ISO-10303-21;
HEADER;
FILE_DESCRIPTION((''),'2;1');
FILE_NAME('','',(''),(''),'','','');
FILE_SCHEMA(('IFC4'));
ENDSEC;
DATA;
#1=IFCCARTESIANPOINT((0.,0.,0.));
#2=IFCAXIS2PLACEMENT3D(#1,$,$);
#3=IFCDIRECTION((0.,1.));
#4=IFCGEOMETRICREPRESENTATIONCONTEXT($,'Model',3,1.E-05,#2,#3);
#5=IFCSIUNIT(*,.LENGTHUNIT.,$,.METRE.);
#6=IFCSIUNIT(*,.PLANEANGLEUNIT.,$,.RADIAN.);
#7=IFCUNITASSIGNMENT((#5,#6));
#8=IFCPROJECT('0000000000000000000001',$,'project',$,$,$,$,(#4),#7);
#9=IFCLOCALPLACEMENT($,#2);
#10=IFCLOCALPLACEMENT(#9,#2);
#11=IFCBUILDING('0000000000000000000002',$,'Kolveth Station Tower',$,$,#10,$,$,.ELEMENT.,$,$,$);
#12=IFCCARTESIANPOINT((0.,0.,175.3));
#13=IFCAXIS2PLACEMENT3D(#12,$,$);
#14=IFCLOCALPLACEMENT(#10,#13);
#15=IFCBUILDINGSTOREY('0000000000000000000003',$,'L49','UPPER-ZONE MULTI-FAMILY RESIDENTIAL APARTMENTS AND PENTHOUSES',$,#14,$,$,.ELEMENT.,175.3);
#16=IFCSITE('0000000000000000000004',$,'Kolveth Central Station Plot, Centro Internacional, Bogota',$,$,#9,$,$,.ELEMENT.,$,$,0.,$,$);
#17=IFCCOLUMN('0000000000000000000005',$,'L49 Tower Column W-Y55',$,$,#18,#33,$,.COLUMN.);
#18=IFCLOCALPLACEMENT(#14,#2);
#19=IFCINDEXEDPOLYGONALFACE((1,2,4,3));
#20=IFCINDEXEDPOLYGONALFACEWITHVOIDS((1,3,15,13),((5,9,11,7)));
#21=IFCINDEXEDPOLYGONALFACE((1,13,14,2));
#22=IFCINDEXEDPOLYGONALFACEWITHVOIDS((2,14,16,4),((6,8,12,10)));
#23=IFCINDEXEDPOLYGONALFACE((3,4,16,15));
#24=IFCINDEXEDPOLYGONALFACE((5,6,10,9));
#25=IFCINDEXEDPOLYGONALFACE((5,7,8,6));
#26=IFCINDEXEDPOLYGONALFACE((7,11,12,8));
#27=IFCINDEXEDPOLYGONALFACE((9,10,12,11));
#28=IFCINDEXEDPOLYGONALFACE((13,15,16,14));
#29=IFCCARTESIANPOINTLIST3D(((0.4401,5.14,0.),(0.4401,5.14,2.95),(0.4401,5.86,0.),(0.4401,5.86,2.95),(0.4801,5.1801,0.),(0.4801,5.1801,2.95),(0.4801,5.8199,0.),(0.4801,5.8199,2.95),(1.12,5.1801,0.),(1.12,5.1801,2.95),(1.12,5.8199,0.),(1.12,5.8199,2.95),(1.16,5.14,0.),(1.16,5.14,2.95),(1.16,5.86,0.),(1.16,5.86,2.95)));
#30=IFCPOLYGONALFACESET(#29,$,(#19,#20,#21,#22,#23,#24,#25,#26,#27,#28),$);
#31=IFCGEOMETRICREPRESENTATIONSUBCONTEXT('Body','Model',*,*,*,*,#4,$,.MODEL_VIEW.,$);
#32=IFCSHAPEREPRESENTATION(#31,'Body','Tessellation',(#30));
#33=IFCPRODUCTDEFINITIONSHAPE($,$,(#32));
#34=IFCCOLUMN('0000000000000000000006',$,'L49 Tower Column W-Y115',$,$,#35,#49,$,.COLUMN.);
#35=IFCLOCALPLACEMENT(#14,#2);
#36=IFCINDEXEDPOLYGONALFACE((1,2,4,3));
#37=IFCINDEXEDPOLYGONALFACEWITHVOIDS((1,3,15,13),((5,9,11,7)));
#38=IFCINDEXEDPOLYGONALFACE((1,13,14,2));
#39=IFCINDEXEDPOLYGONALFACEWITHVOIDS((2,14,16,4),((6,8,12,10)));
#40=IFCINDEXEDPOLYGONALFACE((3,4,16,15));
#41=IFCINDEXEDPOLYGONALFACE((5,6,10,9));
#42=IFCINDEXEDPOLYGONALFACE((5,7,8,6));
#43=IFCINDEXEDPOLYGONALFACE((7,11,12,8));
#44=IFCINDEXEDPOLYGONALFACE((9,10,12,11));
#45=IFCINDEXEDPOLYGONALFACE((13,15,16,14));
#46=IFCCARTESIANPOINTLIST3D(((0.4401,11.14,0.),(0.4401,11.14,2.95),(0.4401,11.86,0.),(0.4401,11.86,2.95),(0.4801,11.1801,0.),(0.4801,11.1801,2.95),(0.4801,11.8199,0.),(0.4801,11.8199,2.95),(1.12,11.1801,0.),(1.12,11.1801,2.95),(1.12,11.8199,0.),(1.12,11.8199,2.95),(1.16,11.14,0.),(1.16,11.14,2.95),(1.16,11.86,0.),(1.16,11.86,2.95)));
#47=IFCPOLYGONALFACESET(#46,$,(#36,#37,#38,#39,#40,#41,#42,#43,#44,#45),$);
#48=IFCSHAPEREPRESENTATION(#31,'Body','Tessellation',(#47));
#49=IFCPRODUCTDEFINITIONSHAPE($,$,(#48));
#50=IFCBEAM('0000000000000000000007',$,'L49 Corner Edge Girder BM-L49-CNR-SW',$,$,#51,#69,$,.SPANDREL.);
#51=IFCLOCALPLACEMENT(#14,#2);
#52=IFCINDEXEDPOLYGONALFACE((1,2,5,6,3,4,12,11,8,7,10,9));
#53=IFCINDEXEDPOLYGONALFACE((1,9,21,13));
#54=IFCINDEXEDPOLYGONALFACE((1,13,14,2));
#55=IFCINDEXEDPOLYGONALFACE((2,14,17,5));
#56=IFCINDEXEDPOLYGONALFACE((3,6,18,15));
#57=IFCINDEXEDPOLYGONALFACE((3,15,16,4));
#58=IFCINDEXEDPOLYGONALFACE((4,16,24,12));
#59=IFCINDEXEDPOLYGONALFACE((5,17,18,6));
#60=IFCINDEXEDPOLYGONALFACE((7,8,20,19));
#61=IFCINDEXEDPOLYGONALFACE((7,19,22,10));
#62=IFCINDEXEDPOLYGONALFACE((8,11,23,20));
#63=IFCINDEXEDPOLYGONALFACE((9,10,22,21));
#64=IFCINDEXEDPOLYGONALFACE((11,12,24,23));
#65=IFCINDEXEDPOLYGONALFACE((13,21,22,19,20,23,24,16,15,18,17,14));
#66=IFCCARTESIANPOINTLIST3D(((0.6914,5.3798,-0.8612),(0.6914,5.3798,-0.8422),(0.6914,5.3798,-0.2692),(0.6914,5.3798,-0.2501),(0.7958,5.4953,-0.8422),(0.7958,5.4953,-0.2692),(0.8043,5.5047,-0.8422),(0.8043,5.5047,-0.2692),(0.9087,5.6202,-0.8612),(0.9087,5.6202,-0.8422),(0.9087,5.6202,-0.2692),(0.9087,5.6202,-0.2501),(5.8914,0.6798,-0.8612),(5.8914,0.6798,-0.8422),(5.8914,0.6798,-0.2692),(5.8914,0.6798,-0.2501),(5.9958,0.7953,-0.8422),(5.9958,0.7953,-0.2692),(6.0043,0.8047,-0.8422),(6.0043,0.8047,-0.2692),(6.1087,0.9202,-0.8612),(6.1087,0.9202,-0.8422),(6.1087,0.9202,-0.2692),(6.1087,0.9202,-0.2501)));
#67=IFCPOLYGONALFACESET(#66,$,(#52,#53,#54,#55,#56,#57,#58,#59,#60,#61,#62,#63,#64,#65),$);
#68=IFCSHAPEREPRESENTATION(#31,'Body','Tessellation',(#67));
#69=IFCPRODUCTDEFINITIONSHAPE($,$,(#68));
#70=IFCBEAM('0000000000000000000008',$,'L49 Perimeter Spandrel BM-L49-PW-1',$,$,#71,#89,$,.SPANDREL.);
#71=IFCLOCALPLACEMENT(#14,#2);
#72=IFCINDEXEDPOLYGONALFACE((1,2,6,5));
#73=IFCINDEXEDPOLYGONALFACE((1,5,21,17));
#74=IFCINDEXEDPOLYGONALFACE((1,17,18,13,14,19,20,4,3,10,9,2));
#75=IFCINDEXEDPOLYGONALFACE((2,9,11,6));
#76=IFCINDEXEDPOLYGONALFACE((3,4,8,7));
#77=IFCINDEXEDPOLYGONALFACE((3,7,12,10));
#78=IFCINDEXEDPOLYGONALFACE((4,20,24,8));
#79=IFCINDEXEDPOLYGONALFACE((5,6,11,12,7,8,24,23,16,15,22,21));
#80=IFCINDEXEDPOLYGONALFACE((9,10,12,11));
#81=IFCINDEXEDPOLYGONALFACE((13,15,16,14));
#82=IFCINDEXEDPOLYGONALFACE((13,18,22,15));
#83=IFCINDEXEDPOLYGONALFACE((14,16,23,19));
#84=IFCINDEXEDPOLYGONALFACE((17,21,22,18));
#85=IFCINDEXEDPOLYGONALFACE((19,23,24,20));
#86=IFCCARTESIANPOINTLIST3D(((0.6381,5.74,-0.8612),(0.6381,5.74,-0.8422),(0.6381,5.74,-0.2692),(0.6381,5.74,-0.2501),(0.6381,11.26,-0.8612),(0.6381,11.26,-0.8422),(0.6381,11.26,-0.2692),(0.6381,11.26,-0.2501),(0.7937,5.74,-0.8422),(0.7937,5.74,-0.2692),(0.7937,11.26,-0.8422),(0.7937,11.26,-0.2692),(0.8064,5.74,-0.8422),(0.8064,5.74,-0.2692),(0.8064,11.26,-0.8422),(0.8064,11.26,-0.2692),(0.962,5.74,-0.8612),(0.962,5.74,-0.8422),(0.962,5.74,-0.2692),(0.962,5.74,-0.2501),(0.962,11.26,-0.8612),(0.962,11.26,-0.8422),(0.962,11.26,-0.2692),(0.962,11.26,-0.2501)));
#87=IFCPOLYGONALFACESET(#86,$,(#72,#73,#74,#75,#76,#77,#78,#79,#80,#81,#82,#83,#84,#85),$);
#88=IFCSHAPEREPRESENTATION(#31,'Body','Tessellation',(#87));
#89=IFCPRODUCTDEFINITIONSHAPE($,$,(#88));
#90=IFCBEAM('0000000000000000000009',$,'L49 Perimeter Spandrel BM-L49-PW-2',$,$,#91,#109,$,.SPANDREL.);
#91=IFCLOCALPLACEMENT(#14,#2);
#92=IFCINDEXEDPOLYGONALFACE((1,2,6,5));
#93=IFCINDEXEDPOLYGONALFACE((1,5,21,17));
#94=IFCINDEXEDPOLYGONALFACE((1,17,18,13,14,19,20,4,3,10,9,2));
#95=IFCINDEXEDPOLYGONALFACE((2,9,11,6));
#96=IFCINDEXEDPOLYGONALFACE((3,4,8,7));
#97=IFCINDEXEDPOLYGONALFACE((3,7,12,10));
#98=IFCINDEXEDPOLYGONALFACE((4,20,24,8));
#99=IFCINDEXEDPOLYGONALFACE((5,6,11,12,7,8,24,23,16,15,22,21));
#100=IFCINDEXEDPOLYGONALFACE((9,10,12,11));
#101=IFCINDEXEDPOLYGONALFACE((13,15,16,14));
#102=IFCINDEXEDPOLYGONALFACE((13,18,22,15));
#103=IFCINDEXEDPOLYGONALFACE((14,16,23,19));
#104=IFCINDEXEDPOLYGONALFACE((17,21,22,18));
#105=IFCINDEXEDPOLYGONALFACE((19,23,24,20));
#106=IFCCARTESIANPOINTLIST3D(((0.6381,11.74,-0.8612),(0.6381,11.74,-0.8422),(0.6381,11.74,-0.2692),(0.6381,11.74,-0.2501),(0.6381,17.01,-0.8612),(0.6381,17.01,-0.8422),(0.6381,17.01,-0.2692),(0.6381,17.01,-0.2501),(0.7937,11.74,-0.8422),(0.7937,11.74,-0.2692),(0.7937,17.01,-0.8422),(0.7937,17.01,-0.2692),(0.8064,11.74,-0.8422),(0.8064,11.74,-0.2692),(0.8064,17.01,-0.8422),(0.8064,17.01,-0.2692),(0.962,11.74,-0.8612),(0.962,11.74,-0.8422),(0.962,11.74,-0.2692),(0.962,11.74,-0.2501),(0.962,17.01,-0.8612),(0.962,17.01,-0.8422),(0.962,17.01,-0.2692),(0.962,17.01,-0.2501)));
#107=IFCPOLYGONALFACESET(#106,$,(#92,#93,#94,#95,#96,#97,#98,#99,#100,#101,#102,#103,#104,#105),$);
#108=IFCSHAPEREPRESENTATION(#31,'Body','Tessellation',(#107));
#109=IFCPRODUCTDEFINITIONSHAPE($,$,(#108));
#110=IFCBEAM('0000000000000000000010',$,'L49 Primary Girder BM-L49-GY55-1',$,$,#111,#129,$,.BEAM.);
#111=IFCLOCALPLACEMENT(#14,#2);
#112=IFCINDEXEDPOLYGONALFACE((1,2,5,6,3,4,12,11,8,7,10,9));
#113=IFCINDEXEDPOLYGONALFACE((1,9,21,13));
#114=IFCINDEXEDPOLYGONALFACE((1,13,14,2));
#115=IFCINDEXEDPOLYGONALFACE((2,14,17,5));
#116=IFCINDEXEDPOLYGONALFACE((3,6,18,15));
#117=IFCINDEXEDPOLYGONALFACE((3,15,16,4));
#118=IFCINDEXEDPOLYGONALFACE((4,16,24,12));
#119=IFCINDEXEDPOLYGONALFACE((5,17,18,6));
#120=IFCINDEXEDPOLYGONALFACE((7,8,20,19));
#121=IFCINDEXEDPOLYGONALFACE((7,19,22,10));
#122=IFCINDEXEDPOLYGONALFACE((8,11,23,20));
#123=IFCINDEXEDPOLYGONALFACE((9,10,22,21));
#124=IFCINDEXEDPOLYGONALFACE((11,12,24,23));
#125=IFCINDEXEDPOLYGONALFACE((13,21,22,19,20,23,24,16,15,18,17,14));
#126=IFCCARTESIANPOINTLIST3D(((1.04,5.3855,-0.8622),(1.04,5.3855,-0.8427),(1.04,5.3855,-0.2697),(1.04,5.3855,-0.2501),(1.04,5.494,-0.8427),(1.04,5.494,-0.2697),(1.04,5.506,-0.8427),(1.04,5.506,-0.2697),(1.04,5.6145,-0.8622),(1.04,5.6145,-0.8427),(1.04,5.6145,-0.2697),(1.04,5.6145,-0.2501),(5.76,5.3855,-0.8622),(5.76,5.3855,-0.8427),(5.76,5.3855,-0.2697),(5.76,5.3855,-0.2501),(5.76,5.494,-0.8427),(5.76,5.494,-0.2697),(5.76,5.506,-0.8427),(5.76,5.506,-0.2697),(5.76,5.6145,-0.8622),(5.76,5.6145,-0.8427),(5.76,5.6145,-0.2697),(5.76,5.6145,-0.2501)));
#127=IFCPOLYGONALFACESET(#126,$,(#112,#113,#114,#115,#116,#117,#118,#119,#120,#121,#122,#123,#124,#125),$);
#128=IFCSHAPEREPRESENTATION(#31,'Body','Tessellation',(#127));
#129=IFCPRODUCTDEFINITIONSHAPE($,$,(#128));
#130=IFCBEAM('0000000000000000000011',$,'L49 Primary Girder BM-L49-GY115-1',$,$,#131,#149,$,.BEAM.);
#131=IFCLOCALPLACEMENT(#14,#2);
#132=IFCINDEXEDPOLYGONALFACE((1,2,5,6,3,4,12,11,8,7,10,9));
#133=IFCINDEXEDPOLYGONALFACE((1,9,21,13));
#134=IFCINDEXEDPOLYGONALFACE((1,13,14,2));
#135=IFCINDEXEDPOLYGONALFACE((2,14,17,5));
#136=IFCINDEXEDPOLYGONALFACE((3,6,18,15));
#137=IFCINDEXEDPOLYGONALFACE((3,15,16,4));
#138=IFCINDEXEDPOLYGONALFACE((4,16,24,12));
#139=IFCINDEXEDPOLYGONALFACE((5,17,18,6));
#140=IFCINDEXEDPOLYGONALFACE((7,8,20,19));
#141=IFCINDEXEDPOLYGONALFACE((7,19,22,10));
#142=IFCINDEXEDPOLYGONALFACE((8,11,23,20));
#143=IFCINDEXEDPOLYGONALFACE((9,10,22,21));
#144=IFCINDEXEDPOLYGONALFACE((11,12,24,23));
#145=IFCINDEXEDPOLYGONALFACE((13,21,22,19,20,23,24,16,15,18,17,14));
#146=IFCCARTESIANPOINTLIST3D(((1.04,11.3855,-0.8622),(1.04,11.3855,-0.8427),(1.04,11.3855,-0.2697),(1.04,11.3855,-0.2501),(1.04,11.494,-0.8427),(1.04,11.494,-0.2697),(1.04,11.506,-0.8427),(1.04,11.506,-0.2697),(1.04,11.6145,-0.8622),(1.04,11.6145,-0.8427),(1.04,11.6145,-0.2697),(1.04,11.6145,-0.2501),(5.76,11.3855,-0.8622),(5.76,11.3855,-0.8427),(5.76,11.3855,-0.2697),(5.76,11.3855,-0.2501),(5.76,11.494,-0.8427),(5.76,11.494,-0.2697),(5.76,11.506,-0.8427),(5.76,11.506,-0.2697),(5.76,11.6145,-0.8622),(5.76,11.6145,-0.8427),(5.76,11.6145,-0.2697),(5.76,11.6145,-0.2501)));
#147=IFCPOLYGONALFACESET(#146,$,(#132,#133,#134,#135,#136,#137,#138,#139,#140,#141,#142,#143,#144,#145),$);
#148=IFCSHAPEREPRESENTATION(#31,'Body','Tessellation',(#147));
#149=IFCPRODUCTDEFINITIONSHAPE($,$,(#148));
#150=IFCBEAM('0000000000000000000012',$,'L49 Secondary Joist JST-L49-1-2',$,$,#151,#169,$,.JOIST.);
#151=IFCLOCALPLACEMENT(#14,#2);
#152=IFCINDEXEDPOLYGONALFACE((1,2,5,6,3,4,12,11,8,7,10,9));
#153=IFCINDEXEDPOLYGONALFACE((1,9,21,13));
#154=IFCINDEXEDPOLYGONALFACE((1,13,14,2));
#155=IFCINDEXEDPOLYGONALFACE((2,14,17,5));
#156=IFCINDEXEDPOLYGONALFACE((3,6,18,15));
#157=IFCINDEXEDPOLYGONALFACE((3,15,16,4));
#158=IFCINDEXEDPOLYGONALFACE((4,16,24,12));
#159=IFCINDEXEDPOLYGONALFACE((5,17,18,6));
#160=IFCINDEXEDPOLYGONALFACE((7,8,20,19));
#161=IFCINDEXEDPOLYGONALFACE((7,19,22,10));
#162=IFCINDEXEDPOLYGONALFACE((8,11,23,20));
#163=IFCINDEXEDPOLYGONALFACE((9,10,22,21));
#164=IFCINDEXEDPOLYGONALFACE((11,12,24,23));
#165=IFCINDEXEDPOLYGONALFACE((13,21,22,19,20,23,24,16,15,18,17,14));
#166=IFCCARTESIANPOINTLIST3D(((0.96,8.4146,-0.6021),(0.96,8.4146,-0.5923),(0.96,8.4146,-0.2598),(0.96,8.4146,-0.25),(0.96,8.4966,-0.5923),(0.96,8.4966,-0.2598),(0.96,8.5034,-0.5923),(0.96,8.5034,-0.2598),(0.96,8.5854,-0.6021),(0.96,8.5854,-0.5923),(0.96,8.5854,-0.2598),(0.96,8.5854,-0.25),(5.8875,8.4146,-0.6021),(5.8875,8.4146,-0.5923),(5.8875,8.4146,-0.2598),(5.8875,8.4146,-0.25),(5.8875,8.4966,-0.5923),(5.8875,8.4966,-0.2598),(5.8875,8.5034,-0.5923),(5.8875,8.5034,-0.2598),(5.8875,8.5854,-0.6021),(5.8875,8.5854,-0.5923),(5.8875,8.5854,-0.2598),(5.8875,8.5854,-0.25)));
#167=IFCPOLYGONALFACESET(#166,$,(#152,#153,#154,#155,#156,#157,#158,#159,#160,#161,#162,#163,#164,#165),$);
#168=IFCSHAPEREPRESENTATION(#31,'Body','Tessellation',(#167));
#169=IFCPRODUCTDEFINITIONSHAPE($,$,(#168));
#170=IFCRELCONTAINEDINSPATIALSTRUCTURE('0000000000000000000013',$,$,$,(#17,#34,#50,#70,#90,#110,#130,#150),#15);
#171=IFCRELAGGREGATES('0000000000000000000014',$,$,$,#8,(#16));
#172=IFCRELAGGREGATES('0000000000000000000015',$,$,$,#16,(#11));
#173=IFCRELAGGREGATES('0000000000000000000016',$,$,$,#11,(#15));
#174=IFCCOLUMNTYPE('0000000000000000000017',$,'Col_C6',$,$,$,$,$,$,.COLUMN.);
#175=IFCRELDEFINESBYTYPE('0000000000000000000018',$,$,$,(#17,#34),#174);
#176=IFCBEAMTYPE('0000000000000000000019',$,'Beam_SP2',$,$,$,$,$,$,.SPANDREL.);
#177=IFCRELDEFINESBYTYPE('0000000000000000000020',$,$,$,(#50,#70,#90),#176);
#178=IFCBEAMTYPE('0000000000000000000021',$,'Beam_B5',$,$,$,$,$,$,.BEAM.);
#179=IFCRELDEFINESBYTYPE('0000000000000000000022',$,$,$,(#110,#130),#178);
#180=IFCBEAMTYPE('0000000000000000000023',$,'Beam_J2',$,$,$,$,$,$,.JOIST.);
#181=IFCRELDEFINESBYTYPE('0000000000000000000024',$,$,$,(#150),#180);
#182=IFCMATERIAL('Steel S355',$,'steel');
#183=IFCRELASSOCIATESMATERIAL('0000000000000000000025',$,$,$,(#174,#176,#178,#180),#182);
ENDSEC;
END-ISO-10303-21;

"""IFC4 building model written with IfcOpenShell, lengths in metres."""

from ifc_helpers import new_model, si_unit, direction, frame, origin, origin_2d, place, context, subcontext, project, spatial, hollow_rectangle, i_section, extrude, source, transform, mapped, material, material_profile, profile_set, type_object, element, save


model = new_model("IFC4")

# Units and contexts
model_context = context("Model", 3, precision=1e-05, world=origin(), true_north=direction((0.0, 1.0)))
body_context = subcontext(model_context, "Body", "Model", "MODEL_VIEW")
ifc_project = project(units=[si_unit("LENGTHUNIT", "METRE"), si_unit("PLANEANGLEUNIT", "RADIAN")], contexts=[model_context])

# Site, building, storey
site_placement = place(None, origin())
site = spatial("IfcSite", under=ifc_project, at=site_placement, Name="Kolveth Central Station Plot, Centro Internacional, Bogota", CompositionType="ELEMENT", RefElevation=0.0)
building_placement = place(site_placement, origin())
building = spatial("IfcBuilding", under=site, at=building_placement, Name="Kolveth Station Tower", CompositionType="ELEMENT")
storey_placement = place(building_placement, frame((0.0, 0.0, 175.3)))
storey = spatial("IfcBuildingStorey", under=building, at=storey_placement, Name="L49", Description="UPPER-ZONE MULTI-FAMILY RESIDENTIAL APARTMENTS AND PENTHOUSES", CompositionType="ELEMENT", Elevation=175.3)

# Columns
ifc_material_1 = material(Name="Steel S355", Category="steel")
ifc_material_profile_1 = material_profile(ifc_material_1, hollow_rectangle(XDim=0.72, YDim=0.72, WallThickness=0.04, at=origin_2d()), Name="BOX720x720x40")
ifc_profile_set_1 = profile_set([ifc_material_profile_1], Name="Steel S355")
column_type = type_object("IfcColumnType", Name="Col_C6", PredefinedType="COLUMN", material=ifc_profile_set_1)
shared_shape_1 = source(origin(), body_context, "Body", "SweptSolid", [
    extrude(hollow_rectangle(XDim=0.72, YDim=0.72, WallThickness=0.04, at=origin_2d()), origin(), (0.0, 0.0, 1.0), 2.95),
])
for number, where, z_axis, x_axis, name in (
    (1, (0.8, 5.5, 0.0), (0.0, 0.0, 1.0), (1.0, 0.0, 0.0), "L49 Tower Column W-Y55"),
    (2, (0.8, 11.5, 0.0), (0.0, 0.0, 1.0), (1.0, 0.0, 0.0), "L49 Tower Column W-Y115"),
):
    element("IfcColumn", number, at=place(storey_placement, frame(where, z_axis=z_axis, x_axis=x_axis)), inside=storey, type_object=column_type, Name=name, PredefinedType="COLUMN", context=body_context, shape_type="MappedRepresentation", body=[
        mapped(shared_shape_1, transform((0.0, 0.0, 0.0), x_axis=(1.0, 0.0, 0.0), y_axis=(0.0, 1.0, 0.0), z_axis=(0.0, 0.0, 1.0), scale=1.0)),
    ])

# Beams
ifc_material_profile_2 = material_profile(ifc_material_1, i_section(OverallWidth=0.324, OverallDepth=0.6111, WebThickness=0.0127, FlangeThickness=0.019, at=origin_2d()), Name="W610x155")
ifc_profile_set_2 = profile_set([ifc_material_profile_2], Name="Steel S355")
beam_type_1 = type_object("IfcBeamType", Name="Beam_SP2", PredefinedType="SPANDREL", material=ifc_profile_set_2)
shared_shape_2 = source(origin(), body_context, "Body", "SweptSolid", [
    extrude(i_section(OverallWidth=0.324, OverallDepth=0.6111, WebThickness=0.0127, FlangeThickness=0.019, at=origin_2d()), origin(), (0.0, 0.0, 1.0), 7.0093),
])
beam_1_placement = place(storey_placement, frame((0.8, 5.5, -0.5557), z_axis=(0.741874, -0.670539, 0.0), x_axis=(0.670539, 0.741874, 0.0)))
element("IfcBeam", 3, at=beam_1_placement, inside=storey, type_object=beam_type_1, Name="L49 Corner Edge Girder BM-L49-CNR-SW", PredefinedType="SPANDREL", context=body_context, shape_type="MappedRepresentation", body=[
    mapped(shared_shape_2, transform((0.0, 0.0, 0.0), x_axis=(1.0, 0.0, 0.0), y_axis=(0.0, 1.0, 0.0), z_axis=(0.0, 0.0, 1.0), scale=1.0)),
])
shared_shape_3 = source(origin(), body_context, "Body", "SweptSolid", [
    extrude(i_section(OverallWidth=0.324, OverallDepth=0.6111, WebThickness=0.0127, FlangeThickness=0.019, at=origin_2d()), origin(), (0.0, 0.0, 1.0), 5.52),
])
beam_2_placement = place(storey_placement, frame((0.8, 5.74, -0.5557), z_axis=(0.0, 1.0, 0.0), x_axis=(-1.0, 0.0, 0.0)))
element("IfcBeam", 4, at=beam_2_placement, inside=storey, type_object=beam_type_1, Name="L49 Perimeter Spandrel BM-L49-PW-1", PredefinedType="SPANDREL", context=body_context, shape_type="MappedRepresentation", body=[
    mapped(shared_shape_3, transform((0.0, 0.0, 0.0), x_axis=(1.0, 0.0, 0.0), y_axis=(0.0, 1.0, 0.0), z_axis=(0.0, 0.0, 1.0), scale=1.0)),
])
shared_shape_4 = source(origin(), body_context, "Body", "SweptSolid", [
    extrude(i_section(OverallWidth=0.324, OverallDepth=0.6111, WebThickness=0.0127, FlangeThickness=0.019, at=origin_2d()), origin(), (0.0, 0.0, 1.0), 5.27),
])
beam_3_placement = place(storey_placement, frame((0.8, 11.74, -0.5557), z_axis=(0.0, 1.0, 0.0), x_axis=(-1.0, 0.0, 0.0)))
element("IfcBeam", 5, at=beam_3_placement, inside=storey, type_object=beam_type_1, Name="L49 Perimeter Spandrel BM-L49-PW-2", PredefinedType="SPANDREL", context=body_context, shape_type="MappedRepresentation", body=[
    mapped(shared_shape_4, transform((0.0, 0.0, 0.0), x_axis=(1.0, 0.0, 0.0), y_axis=(0.0, 1.0, 0.0), z_axis=(0.0, 0.0, 1.0), scale=1.0)),
])
ifc_material_profile_3 = material_profile(ifc_material_1, i_section(OverallWidth=0.229, OverallDepth=0.6121, WebThickness=0.012, FlangeThickness=0.0195, at=origin_2d()), Name="W610x125")
ifc_profile_set_3 = profile_set([ifc_material_profile_3], Name="Steel S355")
beam_type_2 = type_object("IfcBeamType", Name="Beam_B5", PredefinedType="BEAM", material=ifc_profile_set_3)
shared_shape_5 = source(origin(), body_context, "Body", "SweptSolid", [
    extrude(i_section(OverallWidth=0.229, OverallDepth=0.6121, WebThickness=0.012, FlangeThickness=0.0195, at=origin_2d()), origin(), (0.0, 0.0, 1.0), 4.72),
])
for number, where, z_axis, x_axis, name in (
    (6, (1.04, 5.5, -0.5562), (1.0, 0.0, 0.0), (0.0, 1.0, 0.0), "L49 Primary Girder BM-L49-GY55-1"),
    (7, (1.04, 11.5, -0.5562), (1.0, 0.0, 0.0), (0.0, 1.0, 0.0), "L49 Primary Girder BM-L49-GY115-1"),
):
    element("IfcBeam", number, at=place(storey_placement, frame(where, z_axis=z_axis, x_axis=x_axis)), inside=storey, type_object=beam_type_2, Name=name, PredefinedType="BEAM", context=body_context, shape_type="MappedRepresentation", body=[
        mapped(shared_shape_5, transform((0.0, 0.0, 0.0), x_axis=(1.0, 0.0, 0.0), y_axis=(0.0, 1.0, 0.0), z_axis=(0.0, 0.0, 1.0), scale=1.0)),
    ])
ifc_material_profile_4 = material_profile(ifc_material_1, i_section(OverallWidth=0.1709, OverallDepth=0.3521, WebThickness=0.0068, FlangeThickness=0.0098, at=origin_2d()), Name="W360x44")
ifc_profile_set_4 = profile_set([ifc_material_profile_4], Name="Steel S355")
beam_type_3 = type_object("IfcBeamType", Name="Beam_J2", PredefinedType="JOIST", material=ifc_profile_set_4)
shared_shape_6 = source(origin(), body_context, "Body", "SweptSolid", [
    extrude(i_section(OverallWidth=0.1709, OverallDepth=0.3521, WebThickness=0.0068, FlangeThickness=0.0098, at=origin_2d()), origin(), (0.0, 0.0, 1.0), 4.9275),
])
beam_4_placement = place(storey_placement, frame((0.96, 8.5, -0.426), z_axis=(1.0, 0.0, 0.0), x_axis=(0.0, 1.0, 0.0)))
element("IfcBeam", 8, at=beam_4_placement, inside=storey, type_object=beam_type_3, Name="L49 Secondary Joist JST-L49-1-2", PredefinedType="JOIST", context=body_context, shape_type="MappedRepresentation", body=[
    mapped(shared_shape_6, transform((0.0, 0.0, 0.0), x_axis=(1.0, 0.0, 0.0), y_axis=(0.0, 1.0, 0.0), z_axis=(0.0, 0.0, 1.0), scale=1.0)),
])

save(model, "model.ifc")
